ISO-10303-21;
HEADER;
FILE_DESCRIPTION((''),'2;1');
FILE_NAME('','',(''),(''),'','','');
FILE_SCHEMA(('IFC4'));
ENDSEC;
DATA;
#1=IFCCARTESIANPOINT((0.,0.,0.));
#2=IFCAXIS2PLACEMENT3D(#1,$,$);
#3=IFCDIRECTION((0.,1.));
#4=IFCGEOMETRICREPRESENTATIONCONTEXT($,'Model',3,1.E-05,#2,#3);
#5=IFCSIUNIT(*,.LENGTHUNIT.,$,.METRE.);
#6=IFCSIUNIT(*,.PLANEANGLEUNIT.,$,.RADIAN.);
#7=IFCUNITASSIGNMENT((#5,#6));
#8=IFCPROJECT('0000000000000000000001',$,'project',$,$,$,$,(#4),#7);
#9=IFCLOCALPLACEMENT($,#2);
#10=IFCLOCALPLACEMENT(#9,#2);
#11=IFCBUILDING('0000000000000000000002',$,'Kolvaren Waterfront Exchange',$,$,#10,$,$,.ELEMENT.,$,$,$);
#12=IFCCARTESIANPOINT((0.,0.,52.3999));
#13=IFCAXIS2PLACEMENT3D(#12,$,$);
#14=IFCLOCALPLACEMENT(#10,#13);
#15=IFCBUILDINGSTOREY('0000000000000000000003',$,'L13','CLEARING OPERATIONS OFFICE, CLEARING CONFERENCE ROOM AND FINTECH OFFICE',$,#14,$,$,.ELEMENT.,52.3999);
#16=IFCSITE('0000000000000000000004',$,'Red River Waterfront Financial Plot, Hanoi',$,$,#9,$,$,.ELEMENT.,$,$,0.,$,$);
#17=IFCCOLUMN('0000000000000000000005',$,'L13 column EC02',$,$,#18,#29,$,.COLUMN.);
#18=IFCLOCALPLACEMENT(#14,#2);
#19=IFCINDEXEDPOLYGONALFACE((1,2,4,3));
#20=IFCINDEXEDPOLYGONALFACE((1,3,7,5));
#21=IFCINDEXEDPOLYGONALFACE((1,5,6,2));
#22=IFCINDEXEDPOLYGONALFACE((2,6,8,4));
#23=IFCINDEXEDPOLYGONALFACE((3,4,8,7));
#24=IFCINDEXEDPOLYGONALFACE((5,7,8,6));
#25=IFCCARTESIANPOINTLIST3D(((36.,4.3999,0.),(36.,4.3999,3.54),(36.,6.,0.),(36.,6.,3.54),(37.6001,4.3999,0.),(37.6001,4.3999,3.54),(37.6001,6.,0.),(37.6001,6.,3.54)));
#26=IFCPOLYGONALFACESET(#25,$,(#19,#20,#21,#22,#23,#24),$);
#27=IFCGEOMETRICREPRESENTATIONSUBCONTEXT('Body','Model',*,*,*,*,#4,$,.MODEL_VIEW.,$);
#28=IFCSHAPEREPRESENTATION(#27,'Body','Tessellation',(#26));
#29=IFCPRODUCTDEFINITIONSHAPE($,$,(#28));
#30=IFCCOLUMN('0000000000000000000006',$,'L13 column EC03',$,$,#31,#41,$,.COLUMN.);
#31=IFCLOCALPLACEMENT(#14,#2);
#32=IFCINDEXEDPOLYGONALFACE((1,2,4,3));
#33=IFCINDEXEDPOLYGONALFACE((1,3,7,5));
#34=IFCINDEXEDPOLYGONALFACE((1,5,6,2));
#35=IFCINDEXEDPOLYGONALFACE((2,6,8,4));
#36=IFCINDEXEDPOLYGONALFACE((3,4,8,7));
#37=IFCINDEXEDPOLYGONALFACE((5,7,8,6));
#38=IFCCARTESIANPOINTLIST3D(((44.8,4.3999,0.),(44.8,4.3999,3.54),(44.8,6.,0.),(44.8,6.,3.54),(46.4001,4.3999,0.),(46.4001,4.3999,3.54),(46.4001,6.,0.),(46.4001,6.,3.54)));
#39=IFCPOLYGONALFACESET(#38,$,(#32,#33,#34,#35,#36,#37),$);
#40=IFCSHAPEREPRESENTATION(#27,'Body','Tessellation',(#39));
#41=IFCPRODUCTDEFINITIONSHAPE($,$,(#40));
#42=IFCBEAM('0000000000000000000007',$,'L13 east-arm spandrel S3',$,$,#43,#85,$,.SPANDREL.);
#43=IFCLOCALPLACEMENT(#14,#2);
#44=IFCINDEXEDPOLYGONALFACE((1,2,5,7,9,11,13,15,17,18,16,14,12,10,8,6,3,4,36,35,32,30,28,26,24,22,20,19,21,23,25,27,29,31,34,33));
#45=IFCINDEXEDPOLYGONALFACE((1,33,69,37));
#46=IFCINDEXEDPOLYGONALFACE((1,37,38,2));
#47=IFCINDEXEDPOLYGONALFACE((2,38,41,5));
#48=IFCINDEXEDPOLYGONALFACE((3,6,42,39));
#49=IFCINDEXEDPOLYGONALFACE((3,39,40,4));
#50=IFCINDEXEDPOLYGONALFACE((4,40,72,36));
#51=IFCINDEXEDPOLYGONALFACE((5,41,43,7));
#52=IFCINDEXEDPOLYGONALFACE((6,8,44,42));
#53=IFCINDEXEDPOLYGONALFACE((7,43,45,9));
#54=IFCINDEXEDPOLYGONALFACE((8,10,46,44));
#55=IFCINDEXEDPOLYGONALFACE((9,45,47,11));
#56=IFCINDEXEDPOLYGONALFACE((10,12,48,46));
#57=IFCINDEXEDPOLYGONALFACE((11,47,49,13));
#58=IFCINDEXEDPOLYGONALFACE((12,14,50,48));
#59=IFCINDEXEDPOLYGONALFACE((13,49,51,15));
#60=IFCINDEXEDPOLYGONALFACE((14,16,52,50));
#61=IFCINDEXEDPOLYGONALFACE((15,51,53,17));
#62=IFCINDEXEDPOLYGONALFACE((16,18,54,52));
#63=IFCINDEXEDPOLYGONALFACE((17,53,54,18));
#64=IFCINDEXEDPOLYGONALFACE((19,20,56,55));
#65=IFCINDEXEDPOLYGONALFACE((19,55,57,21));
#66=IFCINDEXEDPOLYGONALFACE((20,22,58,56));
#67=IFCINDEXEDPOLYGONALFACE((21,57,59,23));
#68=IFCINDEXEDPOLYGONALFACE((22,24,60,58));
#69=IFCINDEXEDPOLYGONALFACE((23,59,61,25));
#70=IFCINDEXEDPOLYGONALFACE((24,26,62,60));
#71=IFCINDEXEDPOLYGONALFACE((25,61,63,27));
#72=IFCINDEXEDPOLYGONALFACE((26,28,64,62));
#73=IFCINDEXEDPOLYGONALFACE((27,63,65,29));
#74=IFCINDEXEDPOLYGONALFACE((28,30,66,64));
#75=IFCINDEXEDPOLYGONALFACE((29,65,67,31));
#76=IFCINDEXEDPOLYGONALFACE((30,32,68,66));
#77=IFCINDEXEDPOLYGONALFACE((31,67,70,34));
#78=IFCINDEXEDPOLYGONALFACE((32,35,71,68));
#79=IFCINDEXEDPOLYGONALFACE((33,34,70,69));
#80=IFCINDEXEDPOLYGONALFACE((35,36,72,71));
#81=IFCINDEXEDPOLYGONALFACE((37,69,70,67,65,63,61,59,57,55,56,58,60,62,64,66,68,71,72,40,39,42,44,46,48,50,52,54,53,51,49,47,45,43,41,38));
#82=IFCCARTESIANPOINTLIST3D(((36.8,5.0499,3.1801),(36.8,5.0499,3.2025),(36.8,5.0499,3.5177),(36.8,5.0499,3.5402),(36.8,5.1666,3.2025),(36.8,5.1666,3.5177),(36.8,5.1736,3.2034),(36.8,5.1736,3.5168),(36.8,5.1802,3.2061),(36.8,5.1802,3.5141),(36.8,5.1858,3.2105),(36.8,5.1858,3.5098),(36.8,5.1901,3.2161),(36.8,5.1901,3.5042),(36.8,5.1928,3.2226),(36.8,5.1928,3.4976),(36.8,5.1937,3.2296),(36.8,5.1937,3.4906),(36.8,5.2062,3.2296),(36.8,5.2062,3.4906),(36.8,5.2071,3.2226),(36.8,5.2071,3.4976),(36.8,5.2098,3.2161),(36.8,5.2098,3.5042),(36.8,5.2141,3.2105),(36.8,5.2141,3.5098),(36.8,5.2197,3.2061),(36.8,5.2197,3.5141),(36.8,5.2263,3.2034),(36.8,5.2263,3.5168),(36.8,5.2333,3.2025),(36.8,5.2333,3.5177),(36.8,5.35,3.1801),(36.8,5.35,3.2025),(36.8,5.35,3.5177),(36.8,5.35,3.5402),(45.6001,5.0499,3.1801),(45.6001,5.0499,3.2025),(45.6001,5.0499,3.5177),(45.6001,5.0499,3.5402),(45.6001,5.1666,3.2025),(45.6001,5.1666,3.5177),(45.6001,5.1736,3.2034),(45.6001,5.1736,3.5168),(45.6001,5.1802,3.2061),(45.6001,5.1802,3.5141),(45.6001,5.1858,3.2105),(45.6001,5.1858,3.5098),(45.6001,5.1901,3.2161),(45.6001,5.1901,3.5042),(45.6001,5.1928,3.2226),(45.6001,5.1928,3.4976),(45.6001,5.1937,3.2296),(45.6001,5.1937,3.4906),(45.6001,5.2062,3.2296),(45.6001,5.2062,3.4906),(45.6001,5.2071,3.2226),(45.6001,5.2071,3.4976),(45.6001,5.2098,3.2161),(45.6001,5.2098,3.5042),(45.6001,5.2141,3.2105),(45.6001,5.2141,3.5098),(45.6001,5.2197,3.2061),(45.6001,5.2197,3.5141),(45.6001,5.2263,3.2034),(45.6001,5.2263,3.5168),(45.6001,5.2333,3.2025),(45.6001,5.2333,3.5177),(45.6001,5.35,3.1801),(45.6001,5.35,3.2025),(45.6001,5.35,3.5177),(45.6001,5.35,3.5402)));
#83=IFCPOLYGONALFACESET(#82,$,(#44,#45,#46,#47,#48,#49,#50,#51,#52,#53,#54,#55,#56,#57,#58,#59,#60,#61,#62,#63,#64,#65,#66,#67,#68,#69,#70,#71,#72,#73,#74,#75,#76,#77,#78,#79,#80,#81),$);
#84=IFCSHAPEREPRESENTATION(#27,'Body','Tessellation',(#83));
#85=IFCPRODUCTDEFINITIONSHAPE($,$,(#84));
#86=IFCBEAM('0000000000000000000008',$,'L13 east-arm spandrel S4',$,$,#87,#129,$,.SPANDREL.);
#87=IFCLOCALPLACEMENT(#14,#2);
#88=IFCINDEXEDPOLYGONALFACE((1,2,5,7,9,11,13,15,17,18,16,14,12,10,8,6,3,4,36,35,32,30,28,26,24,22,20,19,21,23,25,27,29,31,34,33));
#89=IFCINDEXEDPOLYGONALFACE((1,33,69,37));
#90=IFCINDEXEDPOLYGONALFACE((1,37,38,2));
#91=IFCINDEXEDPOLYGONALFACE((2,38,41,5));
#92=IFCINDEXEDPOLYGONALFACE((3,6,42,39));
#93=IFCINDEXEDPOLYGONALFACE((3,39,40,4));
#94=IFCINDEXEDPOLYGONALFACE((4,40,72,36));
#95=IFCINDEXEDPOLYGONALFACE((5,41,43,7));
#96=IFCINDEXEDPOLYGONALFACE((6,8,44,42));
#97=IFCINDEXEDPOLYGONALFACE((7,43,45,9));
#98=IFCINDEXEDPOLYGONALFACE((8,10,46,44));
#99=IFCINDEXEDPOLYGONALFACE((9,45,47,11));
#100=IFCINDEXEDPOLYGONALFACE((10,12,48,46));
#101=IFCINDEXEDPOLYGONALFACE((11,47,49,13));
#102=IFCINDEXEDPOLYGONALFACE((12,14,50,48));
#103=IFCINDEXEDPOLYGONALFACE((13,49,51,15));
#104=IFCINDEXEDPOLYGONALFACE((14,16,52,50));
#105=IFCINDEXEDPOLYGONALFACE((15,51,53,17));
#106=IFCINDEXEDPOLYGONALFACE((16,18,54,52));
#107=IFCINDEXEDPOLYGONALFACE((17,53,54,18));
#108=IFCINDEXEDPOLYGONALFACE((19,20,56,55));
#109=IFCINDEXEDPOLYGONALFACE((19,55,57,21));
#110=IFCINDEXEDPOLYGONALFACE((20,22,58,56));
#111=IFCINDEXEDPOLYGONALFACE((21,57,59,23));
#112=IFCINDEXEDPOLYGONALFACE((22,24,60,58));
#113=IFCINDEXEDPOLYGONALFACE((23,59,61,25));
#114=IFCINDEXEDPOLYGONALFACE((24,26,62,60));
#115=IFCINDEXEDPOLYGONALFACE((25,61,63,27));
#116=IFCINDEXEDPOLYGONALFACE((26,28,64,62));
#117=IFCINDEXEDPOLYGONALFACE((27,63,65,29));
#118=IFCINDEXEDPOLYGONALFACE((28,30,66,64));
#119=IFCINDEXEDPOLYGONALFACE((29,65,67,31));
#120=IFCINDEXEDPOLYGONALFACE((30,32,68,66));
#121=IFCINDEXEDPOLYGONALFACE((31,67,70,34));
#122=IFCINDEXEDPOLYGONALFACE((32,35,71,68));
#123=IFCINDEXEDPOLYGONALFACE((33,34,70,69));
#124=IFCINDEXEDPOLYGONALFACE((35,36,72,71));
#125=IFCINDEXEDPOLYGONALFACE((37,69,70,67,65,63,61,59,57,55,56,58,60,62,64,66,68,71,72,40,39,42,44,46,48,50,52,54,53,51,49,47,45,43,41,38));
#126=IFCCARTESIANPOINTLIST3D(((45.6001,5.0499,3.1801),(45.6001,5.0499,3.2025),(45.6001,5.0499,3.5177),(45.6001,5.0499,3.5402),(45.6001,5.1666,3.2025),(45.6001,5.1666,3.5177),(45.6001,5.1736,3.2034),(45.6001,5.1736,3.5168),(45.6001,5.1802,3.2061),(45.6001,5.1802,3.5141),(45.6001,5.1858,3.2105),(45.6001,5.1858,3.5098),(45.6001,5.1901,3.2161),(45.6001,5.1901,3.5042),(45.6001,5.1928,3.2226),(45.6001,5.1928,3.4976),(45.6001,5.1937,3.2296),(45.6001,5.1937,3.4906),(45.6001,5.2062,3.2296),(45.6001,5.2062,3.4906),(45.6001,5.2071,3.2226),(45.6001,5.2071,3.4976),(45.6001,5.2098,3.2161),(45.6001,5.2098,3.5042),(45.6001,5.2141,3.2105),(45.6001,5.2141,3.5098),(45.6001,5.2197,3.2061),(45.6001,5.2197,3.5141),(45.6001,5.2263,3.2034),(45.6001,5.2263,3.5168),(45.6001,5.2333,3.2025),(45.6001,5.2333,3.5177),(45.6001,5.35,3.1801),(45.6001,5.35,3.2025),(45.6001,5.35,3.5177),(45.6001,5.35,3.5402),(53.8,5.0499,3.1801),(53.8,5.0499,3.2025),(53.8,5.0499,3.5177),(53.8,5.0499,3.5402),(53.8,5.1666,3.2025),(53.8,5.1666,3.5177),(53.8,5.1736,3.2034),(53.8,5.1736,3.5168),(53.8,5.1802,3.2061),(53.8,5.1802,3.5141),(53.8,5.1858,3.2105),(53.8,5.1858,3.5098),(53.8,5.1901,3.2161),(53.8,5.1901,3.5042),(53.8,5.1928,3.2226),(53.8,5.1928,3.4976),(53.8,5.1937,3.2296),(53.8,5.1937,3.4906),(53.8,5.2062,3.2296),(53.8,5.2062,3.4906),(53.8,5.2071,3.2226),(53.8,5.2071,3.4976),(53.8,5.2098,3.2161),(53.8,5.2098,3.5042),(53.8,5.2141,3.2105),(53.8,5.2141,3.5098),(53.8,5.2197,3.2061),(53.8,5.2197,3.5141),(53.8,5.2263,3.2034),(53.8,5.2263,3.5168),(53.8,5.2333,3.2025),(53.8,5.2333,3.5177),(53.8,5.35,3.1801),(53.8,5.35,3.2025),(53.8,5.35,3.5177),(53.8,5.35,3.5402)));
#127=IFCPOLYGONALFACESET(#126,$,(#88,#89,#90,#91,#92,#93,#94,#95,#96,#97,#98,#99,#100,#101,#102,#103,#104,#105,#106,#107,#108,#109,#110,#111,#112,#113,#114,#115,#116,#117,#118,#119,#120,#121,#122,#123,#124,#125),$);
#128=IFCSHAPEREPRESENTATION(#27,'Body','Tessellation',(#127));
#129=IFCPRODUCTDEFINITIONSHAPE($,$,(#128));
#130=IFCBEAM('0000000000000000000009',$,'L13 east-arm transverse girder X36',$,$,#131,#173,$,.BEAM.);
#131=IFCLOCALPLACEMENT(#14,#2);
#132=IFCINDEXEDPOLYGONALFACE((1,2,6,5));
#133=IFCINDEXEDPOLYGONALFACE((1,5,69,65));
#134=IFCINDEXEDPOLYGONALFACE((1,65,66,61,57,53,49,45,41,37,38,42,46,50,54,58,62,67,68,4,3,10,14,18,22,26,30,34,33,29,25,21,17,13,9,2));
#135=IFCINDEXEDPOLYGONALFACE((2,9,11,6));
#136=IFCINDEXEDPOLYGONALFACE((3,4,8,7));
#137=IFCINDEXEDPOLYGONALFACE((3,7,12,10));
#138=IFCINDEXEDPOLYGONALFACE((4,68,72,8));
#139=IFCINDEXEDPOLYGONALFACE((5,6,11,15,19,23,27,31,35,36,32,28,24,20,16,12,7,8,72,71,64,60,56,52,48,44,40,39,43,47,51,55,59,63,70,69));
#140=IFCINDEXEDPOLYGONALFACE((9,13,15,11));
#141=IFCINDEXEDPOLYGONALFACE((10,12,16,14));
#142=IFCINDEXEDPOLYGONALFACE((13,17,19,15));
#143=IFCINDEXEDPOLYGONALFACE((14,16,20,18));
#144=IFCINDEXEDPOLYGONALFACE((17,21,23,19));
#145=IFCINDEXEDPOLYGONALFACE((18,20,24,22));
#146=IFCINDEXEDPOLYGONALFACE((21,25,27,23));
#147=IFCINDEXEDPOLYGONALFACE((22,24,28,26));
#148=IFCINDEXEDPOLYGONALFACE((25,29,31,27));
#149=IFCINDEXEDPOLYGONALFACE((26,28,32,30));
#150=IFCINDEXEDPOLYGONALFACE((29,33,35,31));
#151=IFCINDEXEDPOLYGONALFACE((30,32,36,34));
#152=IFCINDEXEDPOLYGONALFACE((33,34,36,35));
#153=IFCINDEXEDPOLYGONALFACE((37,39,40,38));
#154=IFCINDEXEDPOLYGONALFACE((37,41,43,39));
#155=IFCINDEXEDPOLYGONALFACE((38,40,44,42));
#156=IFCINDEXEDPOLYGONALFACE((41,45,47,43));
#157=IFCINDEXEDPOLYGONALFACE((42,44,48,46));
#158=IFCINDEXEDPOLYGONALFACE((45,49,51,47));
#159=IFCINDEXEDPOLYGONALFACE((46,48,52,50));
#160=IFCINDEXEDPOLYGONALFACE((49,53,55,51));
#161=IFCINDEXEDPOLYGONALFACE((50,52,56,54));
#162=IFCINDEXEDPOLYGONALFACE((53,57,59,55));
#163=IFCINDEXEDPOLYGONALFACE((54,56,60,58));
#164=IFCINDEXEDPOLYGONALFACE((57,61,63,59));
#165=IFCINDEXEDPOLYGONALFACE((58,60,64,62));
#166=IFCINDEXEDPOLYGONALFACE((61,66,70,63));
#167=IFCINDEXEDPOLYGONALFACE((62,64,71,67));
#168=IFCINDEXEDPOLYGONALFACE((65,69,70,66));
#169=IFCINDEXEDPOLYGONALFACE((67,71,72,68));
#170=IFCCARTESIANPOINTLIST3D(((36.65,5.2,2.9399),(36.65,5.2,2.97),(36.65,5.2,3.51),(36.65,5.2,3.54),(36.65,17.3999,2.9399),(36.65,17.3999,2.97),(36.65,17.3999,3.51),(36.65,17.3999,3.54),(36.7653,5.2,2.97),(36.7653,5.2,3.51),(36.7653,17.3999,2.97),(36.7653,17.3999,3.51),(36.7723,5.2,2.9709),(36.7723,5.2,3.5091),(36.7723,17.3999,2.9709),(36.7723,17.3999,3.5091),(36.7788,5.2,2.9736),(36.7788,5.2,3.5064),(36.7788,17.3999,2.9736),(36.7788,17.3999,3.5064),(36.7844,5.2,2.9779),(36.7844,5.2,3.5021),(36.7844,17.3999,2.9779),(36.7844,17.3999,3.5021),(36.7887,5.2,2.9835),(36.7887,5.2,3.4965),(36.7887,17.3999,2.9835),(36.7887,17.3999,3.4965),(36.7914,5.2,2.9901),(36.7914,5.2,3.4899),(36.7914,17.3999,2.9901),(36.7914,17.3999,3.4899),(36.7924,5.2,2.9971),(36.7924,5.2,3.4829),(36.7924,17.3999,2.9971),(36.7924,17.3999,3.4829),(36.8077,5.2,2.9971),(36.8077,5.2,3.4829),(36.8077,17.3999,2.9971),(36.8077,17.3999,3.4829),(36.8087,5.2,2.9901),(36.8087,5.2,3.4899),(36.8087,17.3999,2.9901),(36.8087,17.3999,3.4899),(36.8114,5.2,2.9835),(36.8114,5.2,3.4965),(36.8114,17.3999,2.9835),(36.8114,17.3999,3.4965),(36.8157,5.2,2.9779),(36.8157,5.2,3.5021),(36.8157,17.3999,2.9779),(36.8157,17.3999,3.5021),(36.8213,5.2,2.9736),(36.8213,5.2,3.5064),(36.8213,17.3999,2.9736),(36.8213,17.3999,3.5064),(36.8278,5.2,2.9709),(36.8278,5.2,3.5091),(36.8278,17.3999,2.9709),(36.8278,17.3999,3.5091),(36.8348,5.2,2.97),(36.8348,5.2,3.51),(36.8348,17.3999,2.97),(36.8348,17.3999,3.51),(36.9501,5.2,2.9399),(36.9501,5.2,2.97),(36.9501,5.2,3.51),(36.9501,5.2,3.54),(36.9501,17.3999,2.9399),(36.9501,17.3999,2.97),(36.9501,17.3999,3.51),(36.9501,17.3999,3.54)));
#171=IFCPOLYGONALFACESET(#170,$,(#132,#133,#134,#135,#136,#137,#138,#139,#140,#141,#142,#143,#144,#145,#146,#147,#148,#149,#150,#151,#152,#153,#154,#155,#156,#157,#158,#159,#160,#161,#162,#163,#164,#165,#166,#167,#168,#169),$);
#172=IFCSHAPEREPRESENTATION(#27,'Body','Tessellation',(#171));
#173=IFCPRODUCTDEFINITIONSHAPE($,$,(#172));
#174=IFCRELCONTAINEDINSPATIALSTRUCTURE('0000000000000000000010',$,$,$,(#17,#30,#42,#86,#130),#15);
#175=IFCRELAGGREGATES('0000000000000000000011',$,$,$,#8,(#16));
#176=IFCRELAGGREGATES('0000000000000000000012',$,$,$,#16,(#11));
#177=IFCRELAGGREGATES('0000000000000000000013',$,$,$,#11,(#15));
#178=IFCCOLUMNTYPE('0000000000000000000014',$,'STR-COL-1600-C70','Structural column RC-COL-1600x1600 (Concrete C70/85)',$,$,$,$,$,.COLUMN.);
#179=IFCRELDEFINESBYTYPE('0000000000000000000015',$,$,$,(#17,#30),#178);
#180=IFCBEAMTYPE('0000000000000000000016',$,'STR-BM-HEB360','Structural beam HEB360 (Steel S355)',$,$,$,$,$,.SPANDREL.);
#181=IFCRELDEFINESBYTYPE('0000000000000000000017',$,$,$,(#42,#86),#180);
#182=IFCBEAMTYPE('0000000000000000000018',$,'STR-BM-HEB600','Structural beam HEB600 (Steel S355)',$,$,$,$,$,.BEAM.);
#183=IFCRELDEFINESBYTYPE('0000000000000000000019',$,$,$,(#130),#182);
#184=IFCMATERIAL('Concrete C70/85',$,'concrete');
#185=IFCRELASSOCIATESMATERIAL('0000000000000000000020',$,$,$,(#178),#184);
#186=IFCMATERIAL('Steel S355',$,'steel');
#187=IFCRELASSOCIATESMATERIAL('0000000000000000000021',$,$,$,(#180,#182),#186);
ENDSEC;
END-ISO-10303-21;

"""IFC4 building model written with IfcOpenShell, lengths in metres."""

from ifc_helpers import new_model, si_unit, direction, frame, origin, origin_2d, place, context, subcontext, project, spatial, rectangle, i_section, extrude, material, material_profile, profile_set, type_object, element, save


model = new_model("IFC4")

# Units and contexts
model_context = context("Model", 3, precision=1e-05, world=origin(), true_north=direction((0.0, 1.0)))
body_context = subcontext(model_context, "Body", "Model", "MODEL_VIEW")
ifc_project = project(units=[si_unit("LENGTHUNIT", "METRE"), si_unit("PLANEANGLEUNIT", "RADIAN")], contexts=[model_context])

# Site, building, storey
site_placement = place(None, origin())
site = spatial("IfcSite", under=ifc_project, at=site_placement, Name="Red River Waterfront Financial Plot, Hanoi", CompositionType="ELEMENT", RefElevation=0.0)
building_placement = place(site_placement, origin())
building = spatial("IfcBuilding", under=site, at=building_placement, Name="Kolvaren Waterfront Exchange", CompositionType="ELEMENT")
storey_placement = place(building_placement, frame((0.0, 0.0, 52.3999)))
storey = spatial("IfcBuildingStorey", under=building, at=storey_placement, Name="L13", Description="CLEARING OPERATIONS OFFICE, CLEARING CONFERENCE ROOM AND FINTECH OFFICE", CompositionType="ELEMENT", Elevation=52.3999)

# Columns
ifc_material_1 = material(Name="Concrete C70/85", Category="concrete")
ifc_material_profile_1 = material_profile(ifc_material_1, rectangle(XDim=1.6001, YDim=1.6001, at=origin_2d()), Name="RC-COL-1600x1600")
ifc_profile_set_1 = profile_set([ifc_material_profile_1], Name="Concrete C70/85")
column_type = type_object("IfcColumnType", Name="STR-COL-1600-C70", Description="Structural column RC-COL-1600x1600 (Concrete C70/85)", PredefinedType="COLUMN", material=ifc_profile_set_1)
for number, where, z_axis, x_axis, name in (
    (1, (36.8, 5.2, 0.0), (0.0, 0.0, 1.0), (1.0, 0.0, 0.0), "L13 column EC02"),
    (2, (45.6001, 5.2, 0.0), (0.0, 0.0, 1.0), (1.0, 0.0, 0.0), "L13 column EC03"),
):
    element("IfcColumn", number, at=place(storey_placement, frame(where, z_axis=z_axis, x_axis=x_axis)), inside=storey, type_object=column_type, Name=name, PredefinedType="COLUMN", context=body_context, shape_type="SweptSolid", body=[
        extrude(rectangle(XDim=1.6001, YDim=1.6001, at=origin_2d()), origin(), (0.0, 0.0, 1.0), 3.54),
    ])

# Beams
ifc_material_2 = material(Name="Steel S355", Category="steel")
ifc_material_profile_2 = material_profile(ifc_material_2, i_section(OverallWidth=0.3, OverallDepth=0.3601, WebThickness=0.0125, FlangeThickness=0.0225, FilletRadius=0.0271, at=origin_2d()), Name="HEB360")
ifc_profile_set_2 = profile_set([ifc_material_profile_2], Name="Steel S355")
beam_type_1 = type_object("IfcBeamType", Name="STR-BM-HEB360", Description="Structural beam HEB360 (Steel S355)", PredefinedType="SPANDREL", material=ifc_profile_set_2)
beam_1_placement = place(storey_placement, frame((36.8, 5.2, 3.3601), z_axis=(1.0, 0.0, 0.0), x_axis=(0.0, 1.0, 0.0)))
element("IfcBeam", 3, at=beam_1_placement, inside=storey, type_object=beam_type_1, Name="L13 east-arm spandrel S3", PredefinedType="SPANDREL", context=body_context, shape_type="SweptSolid", body=[
    extrude(i_section(OverallWidth=0.3, OverallDepth=0.3601, WebThickness=0.0125, FlangeThickness=0.0225, FilletRadius=0.0271, at=origin_2d()), origin(), (0.0, 0.0, 1.0), 8.8),
])
beam_2_placement = place(storey_placement, frame((45.6001, 5.2, 3.3601), z_axis=(1.0, 0.0, 0.0), x_axis=(0.0, 1.0, 0.0)))
element("IfcBeam", 4, at=beam_2_placement, inside=storey, type_object=beam_type_1, Name="L13 east-arm spandrel S4", PredefinedType="SPANDREL", context=body_context, shape_type="SweptSolid", body=[
    extrude(i_section(OverallWidth=0.3, OverallDepth=0.3601, WebThickness=0.0125, FlangeThickness=0.0225, FilletRadius=0.0271, at=origin_2d()), origin(), (0.0, 0.0, 1.0), 8.2),
])
ifc_material_profile_3 = material_profile(ifc_material_2, i_section(OverallWidth=0.3, OverallDepth=0.6001, WebThickness=0.0154, FlangeThickness=0.03, FilletRadius=0.0271, at=origin_2d()), Name="HEB600")
ifc_profile_set_3 = profile_set([ifc_material_profile_3], Name="Steel S355")
beam_type_2 = type_object("IfcBeamType", Name="STR-BM-HEB600", Description="Structural beam HEB600 (Steel S355)", PredefinedType="BEAM", material=ifc_profile_set_3)
beam_3_placement = place(storey_placement, frame((36.8, 5.2, 3.24), z_axis=(0.0, 1.0, 0.0), x_axis=(-1.0, 0.0, 0.0)))
element("IfcBeam", 5, at=beam_3_placement, inside=storey, type_object=beam_type_2, Name="L13 east-arm transverse girder X36", PredefinedType="BEAM", context=body_context, shape_type="SweptSolid", body=[
    extrude(i_section(OverallWidth=0.3, OverallDepth=0.6001, WebThickness=0.0154, FlangeThickness=0.03, FilletRadius=0.0271, at=origin_2d()), origin(), (0.0, 0.0, 1.0), 12.2),
])

save(model, "model.ifc")
